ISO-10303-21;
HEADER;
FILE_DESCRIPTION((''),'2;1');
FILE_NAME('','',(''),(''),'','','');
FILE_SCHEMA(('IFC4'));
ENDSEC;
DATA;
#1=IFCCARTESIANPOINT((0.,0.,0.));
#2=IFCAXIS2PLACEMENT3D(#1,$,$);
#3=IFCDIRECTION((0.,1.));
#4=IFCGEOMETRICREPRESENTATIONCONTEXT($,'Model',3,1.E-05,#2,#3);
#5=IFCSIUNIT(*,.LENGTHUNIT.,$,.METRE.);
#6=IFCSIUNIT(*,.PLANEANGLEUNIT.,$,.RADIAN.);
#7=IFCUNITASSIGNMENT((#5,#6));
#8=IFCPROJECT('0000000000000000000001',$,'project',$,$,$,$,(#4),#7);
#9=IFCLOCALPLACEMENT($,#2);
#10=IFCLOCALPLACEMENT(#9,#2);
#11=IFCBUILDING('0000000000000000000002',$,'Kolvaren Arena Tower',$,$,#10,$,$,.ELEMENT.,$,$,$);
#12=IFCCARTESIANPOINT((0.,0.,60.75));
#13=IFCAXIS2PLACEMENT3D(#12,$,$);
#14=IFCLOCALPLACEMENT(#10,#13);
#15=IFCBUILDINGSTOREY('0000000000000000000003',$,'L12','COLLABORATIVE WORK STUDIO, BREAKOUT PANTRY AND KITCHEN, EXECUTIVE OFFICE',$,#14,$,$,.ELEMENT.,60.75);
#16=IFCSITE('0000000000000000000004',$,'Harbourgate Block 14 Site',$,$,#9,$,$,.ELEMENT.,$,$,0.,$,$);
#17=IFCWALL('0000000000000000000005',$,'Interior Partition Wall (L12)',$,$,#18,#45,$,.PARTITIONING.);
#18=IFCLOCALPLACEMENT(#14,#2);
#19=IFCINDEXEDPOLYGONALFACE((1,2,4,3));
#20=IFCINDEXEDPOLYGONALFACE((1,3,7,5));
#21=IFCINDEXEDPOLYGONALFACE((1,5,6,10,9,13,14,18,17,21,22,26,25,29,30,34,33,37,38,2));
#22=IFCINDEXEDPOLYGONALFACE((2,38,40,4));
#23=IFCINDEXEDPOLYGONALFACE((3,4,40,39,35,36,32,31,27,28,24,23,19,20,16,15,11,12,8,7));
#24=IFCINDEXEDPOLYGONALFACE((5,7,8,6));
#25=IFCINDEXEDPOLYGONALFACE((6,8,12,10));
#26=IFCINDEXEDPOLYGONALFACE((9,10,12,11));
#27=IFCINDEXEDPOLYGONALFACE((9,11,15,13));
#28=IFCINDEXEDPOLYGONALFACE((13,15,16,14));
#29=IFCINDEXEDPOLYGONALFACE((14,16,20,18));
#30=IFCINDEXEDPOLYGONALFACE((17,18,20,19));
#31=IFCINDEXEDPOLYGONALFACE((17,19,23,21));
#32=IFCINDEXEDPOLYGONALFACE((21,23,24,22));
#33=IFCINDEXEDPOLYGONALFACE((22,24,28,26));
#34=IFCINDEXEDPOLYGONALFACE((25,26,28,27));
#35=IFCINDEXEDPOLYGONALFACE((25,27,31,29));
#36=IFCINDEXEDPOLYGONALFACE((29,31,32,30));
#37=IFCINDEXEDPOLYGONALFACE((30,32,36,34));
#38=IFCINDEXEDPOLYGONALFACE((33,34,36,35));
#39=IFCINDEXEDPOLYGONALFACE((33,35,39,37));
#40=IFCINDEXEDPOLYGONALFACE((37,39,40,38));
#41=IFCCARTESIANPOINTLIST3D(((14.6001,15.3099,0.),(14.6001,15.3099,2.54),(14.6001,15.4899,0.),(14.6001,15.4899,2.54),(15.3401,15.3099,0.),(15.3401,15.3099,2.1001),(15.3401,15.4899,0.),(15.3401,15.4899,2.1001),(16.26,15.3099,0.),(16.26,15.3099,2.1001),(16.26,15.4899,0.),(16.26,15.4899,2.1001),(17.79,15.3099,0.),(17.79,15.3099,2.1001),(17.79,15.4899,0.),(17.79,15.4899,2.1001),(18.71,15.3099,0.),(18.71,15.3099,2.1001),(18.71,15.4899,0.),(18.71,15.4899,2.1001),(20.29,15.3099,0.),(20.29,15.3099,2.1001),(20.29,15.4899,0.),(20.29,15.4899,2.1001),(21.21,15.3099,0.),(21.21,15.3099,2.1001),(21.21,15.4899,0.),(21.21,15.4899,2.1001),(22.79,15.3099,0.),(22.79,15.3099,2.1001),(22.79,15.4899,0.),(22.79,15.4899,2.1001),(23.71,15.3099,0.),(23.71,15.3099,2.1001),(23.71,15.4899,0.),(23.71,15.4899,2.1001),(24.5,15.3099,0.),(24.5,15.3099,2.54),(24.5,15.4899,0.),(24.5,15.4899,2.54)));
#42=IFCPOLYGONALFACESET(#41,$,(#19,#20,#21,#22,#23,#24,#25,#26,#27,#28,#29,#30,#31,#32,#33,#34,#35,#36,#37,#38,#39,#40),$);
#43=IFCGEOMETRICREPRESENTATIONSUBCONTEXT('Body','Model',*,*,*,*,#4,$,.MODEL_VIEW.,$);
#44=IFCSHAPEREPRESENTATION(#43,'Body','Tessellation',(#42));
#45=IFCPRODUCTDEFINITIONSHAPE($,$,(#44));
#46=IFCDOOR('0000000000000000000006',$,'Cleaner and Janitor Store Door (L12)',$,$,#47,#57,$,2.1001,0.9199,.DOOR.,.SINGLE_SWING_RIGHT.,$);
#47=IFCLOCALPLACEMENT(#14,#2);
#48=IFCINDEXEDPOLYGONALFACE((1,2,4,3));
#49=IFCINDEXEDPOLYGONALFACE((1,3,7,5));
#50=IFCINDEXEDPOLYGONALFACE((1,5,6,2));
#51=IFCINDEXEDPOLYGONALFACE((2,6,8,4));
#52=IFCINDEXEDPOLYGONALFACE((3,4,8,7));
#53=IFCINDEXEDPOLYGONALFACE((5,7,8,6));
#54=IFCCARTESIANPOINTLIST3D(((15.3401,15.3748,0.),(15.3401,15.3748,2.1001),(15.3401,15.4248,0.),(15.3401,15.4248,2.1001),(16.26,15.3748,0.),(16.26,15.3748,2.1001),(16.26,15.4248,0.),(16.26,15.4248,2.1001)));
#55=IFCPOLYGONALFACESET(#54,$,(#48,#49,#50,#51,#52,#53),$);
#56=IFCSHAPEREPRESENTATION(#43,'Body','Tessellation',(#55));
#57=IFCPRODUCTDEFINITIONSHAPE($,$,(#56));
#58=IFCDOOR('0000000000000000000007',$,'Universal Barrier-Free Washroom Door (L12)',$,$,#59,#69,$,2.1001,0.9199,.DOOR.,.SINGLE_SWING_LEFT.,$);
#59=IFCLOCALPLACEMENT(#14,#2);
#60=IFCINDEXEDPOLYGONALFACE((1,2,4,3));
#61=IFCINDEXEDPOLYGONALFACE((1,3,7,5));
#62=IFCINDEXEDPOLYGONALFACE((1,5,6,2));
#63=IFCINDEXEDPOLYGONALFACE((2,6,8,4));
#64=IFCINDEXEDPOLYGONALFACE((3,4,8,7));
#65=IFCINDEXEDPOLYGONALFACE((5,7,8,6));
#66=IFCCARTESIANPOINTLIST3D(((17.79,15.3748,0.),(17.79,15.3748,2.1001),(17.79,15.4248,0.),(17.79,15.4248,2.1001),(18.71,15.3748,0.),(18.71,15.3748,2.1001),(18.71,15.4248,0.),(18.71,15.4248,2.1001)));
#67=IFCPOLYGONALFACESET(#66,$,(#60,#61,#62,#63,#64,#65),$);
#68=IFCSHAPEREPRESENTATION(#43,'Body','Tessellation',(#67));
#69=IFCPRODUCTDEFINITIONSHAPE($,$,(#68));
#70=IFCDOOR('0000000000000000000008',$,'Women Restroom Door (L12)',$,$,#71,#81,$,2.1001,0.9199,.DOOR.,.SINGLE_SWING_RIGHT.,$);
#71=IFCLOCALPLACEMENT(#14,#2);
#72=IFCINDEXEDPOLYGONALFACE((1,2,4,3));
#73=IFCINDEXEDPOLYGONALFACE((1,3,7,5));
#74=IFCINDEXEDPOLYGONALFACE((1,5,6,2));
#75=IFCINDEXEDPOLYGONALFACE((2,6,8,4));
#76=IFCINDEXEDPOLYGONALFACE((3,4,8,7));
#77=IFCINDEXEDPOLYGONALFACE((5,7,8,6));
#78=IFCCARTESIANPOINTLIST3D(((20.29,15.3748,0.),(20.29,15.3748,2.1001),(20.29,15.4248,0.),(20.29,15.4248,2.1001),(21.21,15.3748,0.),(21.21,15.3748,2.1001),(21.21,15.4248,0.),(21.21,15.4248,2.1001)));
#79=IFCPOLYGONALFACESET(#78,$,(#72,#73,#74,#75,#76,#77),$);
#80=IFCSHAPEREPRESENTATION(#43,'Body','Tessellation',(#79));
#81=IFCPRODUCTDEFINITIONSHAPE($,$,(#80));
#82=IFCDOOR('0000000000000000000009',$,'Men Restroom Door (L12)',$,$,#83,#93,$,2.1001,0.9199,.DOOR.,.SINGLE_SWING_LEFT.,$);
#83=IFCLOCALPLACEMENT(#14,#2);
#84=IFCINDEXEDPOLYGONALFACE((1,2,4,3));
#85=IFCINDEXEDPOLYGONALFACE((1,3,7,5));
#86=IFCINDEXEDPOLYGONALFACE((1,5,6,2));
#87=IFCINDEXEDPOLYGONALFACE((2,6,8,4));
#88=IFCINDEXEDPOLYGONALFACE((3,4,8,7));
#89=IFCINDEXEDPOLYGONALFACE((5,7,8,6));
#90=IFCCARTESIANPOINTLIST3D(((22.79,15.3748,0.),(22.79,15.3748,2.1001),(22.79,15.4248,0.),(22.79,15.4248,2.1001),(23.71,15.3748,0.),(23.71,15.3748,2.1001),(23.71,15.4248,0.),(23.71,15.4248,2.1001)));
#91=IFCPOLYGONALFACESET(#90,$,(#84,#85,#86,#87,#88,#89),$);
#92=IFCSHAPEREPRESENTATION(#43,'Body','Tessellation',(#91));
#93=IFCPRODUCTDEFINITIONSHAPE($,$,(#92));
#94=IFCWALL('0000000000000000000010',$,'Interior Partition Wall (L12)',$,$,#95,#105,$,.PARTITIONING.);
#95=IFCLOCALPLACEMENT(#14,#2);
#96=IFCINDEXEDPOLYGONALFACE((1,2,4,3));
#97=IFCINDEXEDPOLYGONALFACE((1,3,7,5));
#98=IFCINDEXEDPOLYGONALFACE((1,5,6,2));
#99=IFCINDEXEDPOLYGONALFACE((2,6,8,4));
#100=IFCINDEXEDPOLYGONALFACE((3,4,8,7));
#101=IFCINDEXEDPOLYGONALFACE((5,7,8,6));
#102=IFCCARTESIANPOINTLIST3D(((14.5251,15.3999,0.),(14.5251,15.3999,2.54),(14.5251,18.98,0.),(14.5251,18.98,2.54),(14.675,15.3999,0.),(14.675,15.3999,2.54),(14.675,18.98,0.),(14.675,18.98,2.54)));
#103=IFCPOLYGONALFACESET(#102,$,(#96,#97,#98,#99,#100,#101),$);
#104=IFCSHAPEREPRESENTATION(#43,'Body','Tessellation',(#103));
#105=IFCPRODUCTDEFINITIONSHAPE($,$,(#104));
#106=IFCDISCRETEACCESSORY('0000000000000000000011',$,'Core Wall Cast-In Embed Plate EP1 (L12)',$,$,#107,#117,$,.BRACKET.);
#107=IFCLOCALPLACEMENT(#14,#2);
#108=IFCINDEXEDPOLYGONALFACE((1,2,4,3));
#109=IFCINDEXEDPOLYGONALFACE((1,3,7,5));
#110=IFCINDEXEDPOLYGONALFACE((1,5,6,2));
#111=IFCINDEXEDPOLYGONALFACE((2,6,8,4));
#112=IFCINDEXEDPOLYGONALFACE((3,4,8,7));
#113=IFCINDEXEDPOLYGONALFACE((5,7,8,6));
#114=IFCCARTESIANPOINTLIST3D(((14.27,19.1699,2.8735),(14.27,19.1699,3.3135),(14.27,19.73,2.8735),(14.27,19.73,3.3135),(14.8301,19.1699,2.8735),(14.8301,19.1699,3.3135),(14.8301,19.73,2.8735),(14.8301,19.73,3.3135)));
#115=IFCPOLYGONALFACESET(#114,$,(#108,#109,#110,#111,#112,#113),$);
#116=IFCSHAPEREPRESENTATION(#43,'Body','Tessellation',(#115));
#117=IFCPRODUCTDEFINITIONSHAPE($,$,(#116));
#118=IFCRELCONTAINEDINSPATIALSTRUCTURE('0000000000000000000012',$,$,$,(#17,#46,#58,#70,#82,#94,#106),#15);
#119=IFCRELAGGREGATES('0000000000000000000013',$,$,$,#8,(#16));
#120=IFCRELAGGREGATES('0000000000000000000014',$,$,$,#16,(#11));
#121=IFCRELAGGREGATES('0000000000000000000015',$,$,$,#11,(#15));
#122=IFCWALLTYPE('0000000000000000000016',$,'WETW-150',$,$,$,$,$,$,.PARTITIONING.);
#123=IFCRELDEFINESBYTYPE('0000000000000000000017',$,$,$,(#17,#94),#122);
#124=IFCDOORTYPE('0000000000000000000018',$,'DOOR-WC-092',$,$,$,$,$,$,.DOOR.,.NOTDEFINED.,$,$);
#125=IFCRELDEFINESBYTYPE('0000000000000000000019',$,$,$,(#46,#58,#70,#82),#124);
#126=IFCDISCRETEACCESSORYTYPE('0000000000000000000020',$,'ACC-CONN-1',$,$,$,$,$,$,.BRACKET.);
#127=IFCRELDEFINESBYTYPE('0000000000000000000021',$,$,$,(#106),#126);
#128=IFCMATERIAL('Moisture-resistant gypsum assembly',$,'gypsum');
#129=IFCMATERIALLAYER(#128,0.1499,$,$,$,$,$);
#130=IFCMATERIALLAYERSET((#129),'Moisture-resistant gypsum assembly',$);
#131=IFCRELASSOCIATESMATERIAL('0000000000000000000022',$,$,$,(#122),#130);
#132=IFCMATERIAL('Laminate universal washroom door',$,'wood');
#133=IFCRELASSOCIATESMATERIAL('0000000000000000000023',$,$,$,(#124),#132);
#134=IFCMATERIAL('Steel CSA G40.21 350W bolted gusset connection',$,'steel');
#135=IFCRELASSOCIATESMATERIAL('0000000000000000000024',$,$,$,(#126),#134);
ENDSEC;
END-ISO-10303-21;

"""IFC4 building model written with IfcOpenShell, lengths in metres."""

from ifc_helpers import new_model, si_unit, direction, frame, frame_2d, origin, origin_2d, place, context, subcontext, project, spatial, rectangle, extrude, material, layer, layer_set, type_object, element, fill, save


model = new_model("IFC4")

# Units and contexts
model_context = context("Model", 3, precision=1e-05, world=origin(), true_north=direction((0.0, 1.0)))
body_context = subcontext(model_context, "Body", "Model", "MODEL_VIEW")
ifc_project = project(units=[si_unit("LENGTHUNIT", "METRE"), si_unit("PLANEANGLEUNIT", "RADIAN")], contexts=[model_context])

# Site, building, storey
site_placement = place(None, origin())
site = spatial("IfcSite", under=ifc_project, at=site_placement, Name="Harbourgate Block 14 Site", CompositionType="ELEMENT", RefElevation=0.0)
building_placement = place(site_placement, origin())
building = spatial("IfcBuilding", under=site, at=building_placement, Name="Kolvaren Arena Tower", CompositionType="ELEMENT")
storey_placement = place(building_placement, frame((0.0, 0.0, 60.75)))
storey = spatial("IfcBuildingStorey", under=building, at=storey_placement, Name="L12", Description="COLLABORATIVE WORK STUDIO, BREAKOUT PANTRY AND KITCHEN, EXECUTIVE OFFICE", CompositionType="ELEMENT", Elevation=60.75)

# Wall, openings, doors
ifc_material_1 = material(Name="Moisture-resistant gypsum assembly", Category="gypsum")
ifc_layer_1 = layer(ifc_material_1, 0.1499)
ifc_layer_set_1 = layer_set([ifc_layer_1], Name="Moisture-resistant gypsum assembly")
wall_type_1 = type_object("IfcWallType", Name="WETW-150", PredefinedType="PARTITIONING", material=ifc_layer_set_1)
wall_1_placement = place(storey_placement, frame((14.6001, 15.3999, 0.0), z_axis=(0.0, 0.0, 1.0), x_axis=(1.0, 0.0, 0.0)))
wall_1 = element("IfcWall", 1, at=wall_1_placement, inside=storey, type_object=wall_type_1, Name="Interior Partition Wall (L12)", PredefinedType="PARTITIONING", context=body_context, shape_type="SweptSolid", body=[
    extrude(rectangle(XDim=9.8999, YDim=0.1799, at=frame_2d((4.95, 0.0))), origin(), (0.0, 0.0, 1.0), 2.54),
])
opening_1_placement = place(wall_1_placement, frame((0.74, 0.0, 0.0)))
opening_1 = element("IfcOpeningElement", 2, at=opening_1_placement, cuts=wall_1, PredefinedType="OPENING", context=body_context, shape_type="SweptSolid", body=[
    extrude(rectangle(XDim=0.9199, YDim=2.1001, at=frame_2d((0.46, 1.05))), frame((0.0, 0.0999, 0.0), z_axis=(0.0, -1.0, 0.0), x_axis=(1.0, 0.0, 0.0)), (0.0, 0.0, 1.0), 0.2),
])
opening_2_placement = place(wall_1_placement, frame((3.1899, 0.0, 0.0)))
opening_2 = element("IfcOpeningElement", 3, at=opening_2_placement, cuts=wall_1, PredefinedType="OPENING", context=body_context, shape_type="SweptSolid", body=[
    extrude(rectangle(XDim=0.9199, YDim=2.1001, at=frame_2d((0.46, 1.05))), frame((0.0, 0.0999, 0.0), z_axis=(0.0, -1.0, 0.0), x_axis=(1.0, 0.0, 0.0)), (0.0, 0.0, 1.0), 0.2),
])
opening_3_placement = place(wall_1_placement, frame((5.6899, 0.0, 0.0)))
opening_3 = element("IfcOpeningElement", 4, at=opening_3_placement, cuts=wall_1, PredefinedType="OPENING", context=body_context, shape_type="SweptSolid", body=[
    extrude(rectangle(XDim=0.9199, YDim=2.1001, at=frame_2d((0.46, 1.05))), frame((0.0, 0.0999, 0.0), z_axis=(0.0, -1.0, 0.0), x_axis=(1.0, 0.0, 0.0)), (0.0, 0.0, 1.0), 0.2),
])
opening_4_placement = place(wall_1_placement, frame((8.1899, 0.0, 0.0)))
opening_4 = element("IfcOpeningElement", 5, at=opening_4_placement, cuts=wall_1, PredefinedType="OPENING", context=body_context, shape_type="SweptSolid", body=[
    extrude(rectangle(XDim=0.9199, YDim=2.1001, at=frame_2d((0.46, 1.05))), frame((0.0, 0.0999, 0.0), z_axis=(0.0, -1.0, 0.0), x_axis=(1.0, 0.0, 0.0)), (0.0, 0.0, 1.0), 0.2),
])
ifc_material_2 = material(Name="Laminate universal washroom door", Category="wood")
door_type = type_object("IfcDoorType", Name="DOOR-WC-092", OperationType="NOTDEFINED", PredefinedType="DOOR", material=ifc_material_2)
door_1_placement = place(opening_1_placement, origin())
door_1 = element("IfcDoor", 6, at=door_1_placement, inside=storey, type_object=door_type, Name="Cleaner and Janitor Store Door (L12)", OperationType="SINGLE_SWING_RIGHT", OverallHeight=2.1001, OverallWidth=0.9199, PredefinedType="DOOR", context=body_context, shape_type="SweptSolid", body=[
    extrude(rectangle(XDim=0.9199, YDim=2.1001, at=frame_2d((0.46, 1.05))), frame((0.0, 0.0249, 0.0), z_axis=(0.0, -1.0, 0.0), x_axis=(1.0, 0.0, 0.0)), (0.0, 0.0, 1.0), 0.05),
])
fill(opening_1, door_1)
door_2_placement = place(opening_2_placement, origin())
door_2 = element("IfcDoor", 7, at=door_2_placement, inside=storey, type_object=door_type, Name="Universal Barrier-Free Washroom Door (L12)", OperationType="SINGLE_SWING_LEFT", OverallHeight=2.1001, OverallWidth=0.9199, PredefinedType="DOOR", context=body_context, shape_type="SweptSolid", body=[
    extrude(rectangle(XDim=0.9199, YDim=2.1001, at=frame_2d((0.46, 1.05))), frame((0.0, 0.0249, 0.0), z_axis=(0.0, -1.0, 0.0), x_axis=(1.0, 0.0, 0.0)), (0.0, 0.0, 1.0), 0.05),
])
fill(opening_2, door_2)
door_3_placement = place(opening_3_placement, origin())
door_3 = element("IfcDoor", 8, at=door_3_placement, inside=storey, type_object=door_type, Name="Women Restroom Door (L12)", OperationType="SINGLE_SWING_RIGHT", OverallHeight=2.1001, OverallWidth=0.9199, PredefinedType="DOOR", context=body_context, shape_type="SweptSolid", body=[
    extrude(rectangle(XDim=0.9199, YDim=2.1001, at=frame_2d((0.46, 1.05))), frame((0.0, 0.0249, 0.0), z_axis=(0.0, -1.0, 0.0), x_axis=(1.0, 0.0, 0.0)), (0.0, 0.0, 1.0), 0.05),
])
fill(opening_3, door_3)
door_4_placement = place(opening_4_placement, origin())
door_4 = element("IfcDoor", 9, at=door_4_placement, inside=storey, type_object=door_type, Name="Men Restroom Door (L12)", OperationType="SINGLE_SWING_LEFT", OverallHeight=2.1001, OverallWidth=0.9199, PredefinedType="DOOR", context=body_context, shape_type="SweptSolid", body=[
    extrude(rectangle(XDim=0.9199, YDim=2.1001, at=frame_2d((0.46, 1.05))), frame((0.0, 0.0249, 0.0), z_axis=(0.0, -1.0, 0.0), x_axis=(1.0, 0.0, 0.0)), (0.0, 0.0, 1.0), 0.05),
])
fill(opening_4, door_4)

# Wall
wall_2_placement = place(storey_placement, frame((14.6001, 15.3999, 0.0), z_axis=(0.0, 0.0, 1.0), x_axis=(0.0, 1.0, 0.0)))
element("IfcWall", 10, at=wall_2_placement, inside=storey, type_object=wall_type_1, Name="Interior Partition Wall (L12)", PredefinedType="PARTITIONING", context=body_context, shape_type="SweptSolid", body=[
    extrude(rectangle(XDim=3.5801, YDim=0.1499, at=frame_2d((1.79, 0.0))), origin(), (0.0, 0.0, 1.0), 2.54),
])

# Discrete accessory
ifc_material_3 = material(Name="Steel CSA G40.21 350W bolted gusset connection", Category="steel")
discrete_accessory_type = type_object("IfcDiscreteAccessoryType", Name="ACC-CONN-1", PredefinedType="BRACKET", material=ifc_material_3)
discrete_accessory_placement = place(storey_placement, frame((14.55, 19.45, 2.8735), z_axis=(0.0, 0.0, 1.0), x_axis=(1.0, 0.0, 0.0)))
element("IfcDiscreteAccessory", 11, at=discrete_accessory_placement, inside=storey, type_object=discrete_accessory_type, Name="Core Wall Cast-In Embed Plate EP1 (L12)", PredefinedType="BRACKET", context=body_context, shape_type="SweptSolid", body=[
    extrude(rectangle(XDim=0.5601, YDim=0.5601, at=origin_2d()), origin(), (0.0, 0.0, 1.0), 0.4399),
])

save(model, "model.ifc")
